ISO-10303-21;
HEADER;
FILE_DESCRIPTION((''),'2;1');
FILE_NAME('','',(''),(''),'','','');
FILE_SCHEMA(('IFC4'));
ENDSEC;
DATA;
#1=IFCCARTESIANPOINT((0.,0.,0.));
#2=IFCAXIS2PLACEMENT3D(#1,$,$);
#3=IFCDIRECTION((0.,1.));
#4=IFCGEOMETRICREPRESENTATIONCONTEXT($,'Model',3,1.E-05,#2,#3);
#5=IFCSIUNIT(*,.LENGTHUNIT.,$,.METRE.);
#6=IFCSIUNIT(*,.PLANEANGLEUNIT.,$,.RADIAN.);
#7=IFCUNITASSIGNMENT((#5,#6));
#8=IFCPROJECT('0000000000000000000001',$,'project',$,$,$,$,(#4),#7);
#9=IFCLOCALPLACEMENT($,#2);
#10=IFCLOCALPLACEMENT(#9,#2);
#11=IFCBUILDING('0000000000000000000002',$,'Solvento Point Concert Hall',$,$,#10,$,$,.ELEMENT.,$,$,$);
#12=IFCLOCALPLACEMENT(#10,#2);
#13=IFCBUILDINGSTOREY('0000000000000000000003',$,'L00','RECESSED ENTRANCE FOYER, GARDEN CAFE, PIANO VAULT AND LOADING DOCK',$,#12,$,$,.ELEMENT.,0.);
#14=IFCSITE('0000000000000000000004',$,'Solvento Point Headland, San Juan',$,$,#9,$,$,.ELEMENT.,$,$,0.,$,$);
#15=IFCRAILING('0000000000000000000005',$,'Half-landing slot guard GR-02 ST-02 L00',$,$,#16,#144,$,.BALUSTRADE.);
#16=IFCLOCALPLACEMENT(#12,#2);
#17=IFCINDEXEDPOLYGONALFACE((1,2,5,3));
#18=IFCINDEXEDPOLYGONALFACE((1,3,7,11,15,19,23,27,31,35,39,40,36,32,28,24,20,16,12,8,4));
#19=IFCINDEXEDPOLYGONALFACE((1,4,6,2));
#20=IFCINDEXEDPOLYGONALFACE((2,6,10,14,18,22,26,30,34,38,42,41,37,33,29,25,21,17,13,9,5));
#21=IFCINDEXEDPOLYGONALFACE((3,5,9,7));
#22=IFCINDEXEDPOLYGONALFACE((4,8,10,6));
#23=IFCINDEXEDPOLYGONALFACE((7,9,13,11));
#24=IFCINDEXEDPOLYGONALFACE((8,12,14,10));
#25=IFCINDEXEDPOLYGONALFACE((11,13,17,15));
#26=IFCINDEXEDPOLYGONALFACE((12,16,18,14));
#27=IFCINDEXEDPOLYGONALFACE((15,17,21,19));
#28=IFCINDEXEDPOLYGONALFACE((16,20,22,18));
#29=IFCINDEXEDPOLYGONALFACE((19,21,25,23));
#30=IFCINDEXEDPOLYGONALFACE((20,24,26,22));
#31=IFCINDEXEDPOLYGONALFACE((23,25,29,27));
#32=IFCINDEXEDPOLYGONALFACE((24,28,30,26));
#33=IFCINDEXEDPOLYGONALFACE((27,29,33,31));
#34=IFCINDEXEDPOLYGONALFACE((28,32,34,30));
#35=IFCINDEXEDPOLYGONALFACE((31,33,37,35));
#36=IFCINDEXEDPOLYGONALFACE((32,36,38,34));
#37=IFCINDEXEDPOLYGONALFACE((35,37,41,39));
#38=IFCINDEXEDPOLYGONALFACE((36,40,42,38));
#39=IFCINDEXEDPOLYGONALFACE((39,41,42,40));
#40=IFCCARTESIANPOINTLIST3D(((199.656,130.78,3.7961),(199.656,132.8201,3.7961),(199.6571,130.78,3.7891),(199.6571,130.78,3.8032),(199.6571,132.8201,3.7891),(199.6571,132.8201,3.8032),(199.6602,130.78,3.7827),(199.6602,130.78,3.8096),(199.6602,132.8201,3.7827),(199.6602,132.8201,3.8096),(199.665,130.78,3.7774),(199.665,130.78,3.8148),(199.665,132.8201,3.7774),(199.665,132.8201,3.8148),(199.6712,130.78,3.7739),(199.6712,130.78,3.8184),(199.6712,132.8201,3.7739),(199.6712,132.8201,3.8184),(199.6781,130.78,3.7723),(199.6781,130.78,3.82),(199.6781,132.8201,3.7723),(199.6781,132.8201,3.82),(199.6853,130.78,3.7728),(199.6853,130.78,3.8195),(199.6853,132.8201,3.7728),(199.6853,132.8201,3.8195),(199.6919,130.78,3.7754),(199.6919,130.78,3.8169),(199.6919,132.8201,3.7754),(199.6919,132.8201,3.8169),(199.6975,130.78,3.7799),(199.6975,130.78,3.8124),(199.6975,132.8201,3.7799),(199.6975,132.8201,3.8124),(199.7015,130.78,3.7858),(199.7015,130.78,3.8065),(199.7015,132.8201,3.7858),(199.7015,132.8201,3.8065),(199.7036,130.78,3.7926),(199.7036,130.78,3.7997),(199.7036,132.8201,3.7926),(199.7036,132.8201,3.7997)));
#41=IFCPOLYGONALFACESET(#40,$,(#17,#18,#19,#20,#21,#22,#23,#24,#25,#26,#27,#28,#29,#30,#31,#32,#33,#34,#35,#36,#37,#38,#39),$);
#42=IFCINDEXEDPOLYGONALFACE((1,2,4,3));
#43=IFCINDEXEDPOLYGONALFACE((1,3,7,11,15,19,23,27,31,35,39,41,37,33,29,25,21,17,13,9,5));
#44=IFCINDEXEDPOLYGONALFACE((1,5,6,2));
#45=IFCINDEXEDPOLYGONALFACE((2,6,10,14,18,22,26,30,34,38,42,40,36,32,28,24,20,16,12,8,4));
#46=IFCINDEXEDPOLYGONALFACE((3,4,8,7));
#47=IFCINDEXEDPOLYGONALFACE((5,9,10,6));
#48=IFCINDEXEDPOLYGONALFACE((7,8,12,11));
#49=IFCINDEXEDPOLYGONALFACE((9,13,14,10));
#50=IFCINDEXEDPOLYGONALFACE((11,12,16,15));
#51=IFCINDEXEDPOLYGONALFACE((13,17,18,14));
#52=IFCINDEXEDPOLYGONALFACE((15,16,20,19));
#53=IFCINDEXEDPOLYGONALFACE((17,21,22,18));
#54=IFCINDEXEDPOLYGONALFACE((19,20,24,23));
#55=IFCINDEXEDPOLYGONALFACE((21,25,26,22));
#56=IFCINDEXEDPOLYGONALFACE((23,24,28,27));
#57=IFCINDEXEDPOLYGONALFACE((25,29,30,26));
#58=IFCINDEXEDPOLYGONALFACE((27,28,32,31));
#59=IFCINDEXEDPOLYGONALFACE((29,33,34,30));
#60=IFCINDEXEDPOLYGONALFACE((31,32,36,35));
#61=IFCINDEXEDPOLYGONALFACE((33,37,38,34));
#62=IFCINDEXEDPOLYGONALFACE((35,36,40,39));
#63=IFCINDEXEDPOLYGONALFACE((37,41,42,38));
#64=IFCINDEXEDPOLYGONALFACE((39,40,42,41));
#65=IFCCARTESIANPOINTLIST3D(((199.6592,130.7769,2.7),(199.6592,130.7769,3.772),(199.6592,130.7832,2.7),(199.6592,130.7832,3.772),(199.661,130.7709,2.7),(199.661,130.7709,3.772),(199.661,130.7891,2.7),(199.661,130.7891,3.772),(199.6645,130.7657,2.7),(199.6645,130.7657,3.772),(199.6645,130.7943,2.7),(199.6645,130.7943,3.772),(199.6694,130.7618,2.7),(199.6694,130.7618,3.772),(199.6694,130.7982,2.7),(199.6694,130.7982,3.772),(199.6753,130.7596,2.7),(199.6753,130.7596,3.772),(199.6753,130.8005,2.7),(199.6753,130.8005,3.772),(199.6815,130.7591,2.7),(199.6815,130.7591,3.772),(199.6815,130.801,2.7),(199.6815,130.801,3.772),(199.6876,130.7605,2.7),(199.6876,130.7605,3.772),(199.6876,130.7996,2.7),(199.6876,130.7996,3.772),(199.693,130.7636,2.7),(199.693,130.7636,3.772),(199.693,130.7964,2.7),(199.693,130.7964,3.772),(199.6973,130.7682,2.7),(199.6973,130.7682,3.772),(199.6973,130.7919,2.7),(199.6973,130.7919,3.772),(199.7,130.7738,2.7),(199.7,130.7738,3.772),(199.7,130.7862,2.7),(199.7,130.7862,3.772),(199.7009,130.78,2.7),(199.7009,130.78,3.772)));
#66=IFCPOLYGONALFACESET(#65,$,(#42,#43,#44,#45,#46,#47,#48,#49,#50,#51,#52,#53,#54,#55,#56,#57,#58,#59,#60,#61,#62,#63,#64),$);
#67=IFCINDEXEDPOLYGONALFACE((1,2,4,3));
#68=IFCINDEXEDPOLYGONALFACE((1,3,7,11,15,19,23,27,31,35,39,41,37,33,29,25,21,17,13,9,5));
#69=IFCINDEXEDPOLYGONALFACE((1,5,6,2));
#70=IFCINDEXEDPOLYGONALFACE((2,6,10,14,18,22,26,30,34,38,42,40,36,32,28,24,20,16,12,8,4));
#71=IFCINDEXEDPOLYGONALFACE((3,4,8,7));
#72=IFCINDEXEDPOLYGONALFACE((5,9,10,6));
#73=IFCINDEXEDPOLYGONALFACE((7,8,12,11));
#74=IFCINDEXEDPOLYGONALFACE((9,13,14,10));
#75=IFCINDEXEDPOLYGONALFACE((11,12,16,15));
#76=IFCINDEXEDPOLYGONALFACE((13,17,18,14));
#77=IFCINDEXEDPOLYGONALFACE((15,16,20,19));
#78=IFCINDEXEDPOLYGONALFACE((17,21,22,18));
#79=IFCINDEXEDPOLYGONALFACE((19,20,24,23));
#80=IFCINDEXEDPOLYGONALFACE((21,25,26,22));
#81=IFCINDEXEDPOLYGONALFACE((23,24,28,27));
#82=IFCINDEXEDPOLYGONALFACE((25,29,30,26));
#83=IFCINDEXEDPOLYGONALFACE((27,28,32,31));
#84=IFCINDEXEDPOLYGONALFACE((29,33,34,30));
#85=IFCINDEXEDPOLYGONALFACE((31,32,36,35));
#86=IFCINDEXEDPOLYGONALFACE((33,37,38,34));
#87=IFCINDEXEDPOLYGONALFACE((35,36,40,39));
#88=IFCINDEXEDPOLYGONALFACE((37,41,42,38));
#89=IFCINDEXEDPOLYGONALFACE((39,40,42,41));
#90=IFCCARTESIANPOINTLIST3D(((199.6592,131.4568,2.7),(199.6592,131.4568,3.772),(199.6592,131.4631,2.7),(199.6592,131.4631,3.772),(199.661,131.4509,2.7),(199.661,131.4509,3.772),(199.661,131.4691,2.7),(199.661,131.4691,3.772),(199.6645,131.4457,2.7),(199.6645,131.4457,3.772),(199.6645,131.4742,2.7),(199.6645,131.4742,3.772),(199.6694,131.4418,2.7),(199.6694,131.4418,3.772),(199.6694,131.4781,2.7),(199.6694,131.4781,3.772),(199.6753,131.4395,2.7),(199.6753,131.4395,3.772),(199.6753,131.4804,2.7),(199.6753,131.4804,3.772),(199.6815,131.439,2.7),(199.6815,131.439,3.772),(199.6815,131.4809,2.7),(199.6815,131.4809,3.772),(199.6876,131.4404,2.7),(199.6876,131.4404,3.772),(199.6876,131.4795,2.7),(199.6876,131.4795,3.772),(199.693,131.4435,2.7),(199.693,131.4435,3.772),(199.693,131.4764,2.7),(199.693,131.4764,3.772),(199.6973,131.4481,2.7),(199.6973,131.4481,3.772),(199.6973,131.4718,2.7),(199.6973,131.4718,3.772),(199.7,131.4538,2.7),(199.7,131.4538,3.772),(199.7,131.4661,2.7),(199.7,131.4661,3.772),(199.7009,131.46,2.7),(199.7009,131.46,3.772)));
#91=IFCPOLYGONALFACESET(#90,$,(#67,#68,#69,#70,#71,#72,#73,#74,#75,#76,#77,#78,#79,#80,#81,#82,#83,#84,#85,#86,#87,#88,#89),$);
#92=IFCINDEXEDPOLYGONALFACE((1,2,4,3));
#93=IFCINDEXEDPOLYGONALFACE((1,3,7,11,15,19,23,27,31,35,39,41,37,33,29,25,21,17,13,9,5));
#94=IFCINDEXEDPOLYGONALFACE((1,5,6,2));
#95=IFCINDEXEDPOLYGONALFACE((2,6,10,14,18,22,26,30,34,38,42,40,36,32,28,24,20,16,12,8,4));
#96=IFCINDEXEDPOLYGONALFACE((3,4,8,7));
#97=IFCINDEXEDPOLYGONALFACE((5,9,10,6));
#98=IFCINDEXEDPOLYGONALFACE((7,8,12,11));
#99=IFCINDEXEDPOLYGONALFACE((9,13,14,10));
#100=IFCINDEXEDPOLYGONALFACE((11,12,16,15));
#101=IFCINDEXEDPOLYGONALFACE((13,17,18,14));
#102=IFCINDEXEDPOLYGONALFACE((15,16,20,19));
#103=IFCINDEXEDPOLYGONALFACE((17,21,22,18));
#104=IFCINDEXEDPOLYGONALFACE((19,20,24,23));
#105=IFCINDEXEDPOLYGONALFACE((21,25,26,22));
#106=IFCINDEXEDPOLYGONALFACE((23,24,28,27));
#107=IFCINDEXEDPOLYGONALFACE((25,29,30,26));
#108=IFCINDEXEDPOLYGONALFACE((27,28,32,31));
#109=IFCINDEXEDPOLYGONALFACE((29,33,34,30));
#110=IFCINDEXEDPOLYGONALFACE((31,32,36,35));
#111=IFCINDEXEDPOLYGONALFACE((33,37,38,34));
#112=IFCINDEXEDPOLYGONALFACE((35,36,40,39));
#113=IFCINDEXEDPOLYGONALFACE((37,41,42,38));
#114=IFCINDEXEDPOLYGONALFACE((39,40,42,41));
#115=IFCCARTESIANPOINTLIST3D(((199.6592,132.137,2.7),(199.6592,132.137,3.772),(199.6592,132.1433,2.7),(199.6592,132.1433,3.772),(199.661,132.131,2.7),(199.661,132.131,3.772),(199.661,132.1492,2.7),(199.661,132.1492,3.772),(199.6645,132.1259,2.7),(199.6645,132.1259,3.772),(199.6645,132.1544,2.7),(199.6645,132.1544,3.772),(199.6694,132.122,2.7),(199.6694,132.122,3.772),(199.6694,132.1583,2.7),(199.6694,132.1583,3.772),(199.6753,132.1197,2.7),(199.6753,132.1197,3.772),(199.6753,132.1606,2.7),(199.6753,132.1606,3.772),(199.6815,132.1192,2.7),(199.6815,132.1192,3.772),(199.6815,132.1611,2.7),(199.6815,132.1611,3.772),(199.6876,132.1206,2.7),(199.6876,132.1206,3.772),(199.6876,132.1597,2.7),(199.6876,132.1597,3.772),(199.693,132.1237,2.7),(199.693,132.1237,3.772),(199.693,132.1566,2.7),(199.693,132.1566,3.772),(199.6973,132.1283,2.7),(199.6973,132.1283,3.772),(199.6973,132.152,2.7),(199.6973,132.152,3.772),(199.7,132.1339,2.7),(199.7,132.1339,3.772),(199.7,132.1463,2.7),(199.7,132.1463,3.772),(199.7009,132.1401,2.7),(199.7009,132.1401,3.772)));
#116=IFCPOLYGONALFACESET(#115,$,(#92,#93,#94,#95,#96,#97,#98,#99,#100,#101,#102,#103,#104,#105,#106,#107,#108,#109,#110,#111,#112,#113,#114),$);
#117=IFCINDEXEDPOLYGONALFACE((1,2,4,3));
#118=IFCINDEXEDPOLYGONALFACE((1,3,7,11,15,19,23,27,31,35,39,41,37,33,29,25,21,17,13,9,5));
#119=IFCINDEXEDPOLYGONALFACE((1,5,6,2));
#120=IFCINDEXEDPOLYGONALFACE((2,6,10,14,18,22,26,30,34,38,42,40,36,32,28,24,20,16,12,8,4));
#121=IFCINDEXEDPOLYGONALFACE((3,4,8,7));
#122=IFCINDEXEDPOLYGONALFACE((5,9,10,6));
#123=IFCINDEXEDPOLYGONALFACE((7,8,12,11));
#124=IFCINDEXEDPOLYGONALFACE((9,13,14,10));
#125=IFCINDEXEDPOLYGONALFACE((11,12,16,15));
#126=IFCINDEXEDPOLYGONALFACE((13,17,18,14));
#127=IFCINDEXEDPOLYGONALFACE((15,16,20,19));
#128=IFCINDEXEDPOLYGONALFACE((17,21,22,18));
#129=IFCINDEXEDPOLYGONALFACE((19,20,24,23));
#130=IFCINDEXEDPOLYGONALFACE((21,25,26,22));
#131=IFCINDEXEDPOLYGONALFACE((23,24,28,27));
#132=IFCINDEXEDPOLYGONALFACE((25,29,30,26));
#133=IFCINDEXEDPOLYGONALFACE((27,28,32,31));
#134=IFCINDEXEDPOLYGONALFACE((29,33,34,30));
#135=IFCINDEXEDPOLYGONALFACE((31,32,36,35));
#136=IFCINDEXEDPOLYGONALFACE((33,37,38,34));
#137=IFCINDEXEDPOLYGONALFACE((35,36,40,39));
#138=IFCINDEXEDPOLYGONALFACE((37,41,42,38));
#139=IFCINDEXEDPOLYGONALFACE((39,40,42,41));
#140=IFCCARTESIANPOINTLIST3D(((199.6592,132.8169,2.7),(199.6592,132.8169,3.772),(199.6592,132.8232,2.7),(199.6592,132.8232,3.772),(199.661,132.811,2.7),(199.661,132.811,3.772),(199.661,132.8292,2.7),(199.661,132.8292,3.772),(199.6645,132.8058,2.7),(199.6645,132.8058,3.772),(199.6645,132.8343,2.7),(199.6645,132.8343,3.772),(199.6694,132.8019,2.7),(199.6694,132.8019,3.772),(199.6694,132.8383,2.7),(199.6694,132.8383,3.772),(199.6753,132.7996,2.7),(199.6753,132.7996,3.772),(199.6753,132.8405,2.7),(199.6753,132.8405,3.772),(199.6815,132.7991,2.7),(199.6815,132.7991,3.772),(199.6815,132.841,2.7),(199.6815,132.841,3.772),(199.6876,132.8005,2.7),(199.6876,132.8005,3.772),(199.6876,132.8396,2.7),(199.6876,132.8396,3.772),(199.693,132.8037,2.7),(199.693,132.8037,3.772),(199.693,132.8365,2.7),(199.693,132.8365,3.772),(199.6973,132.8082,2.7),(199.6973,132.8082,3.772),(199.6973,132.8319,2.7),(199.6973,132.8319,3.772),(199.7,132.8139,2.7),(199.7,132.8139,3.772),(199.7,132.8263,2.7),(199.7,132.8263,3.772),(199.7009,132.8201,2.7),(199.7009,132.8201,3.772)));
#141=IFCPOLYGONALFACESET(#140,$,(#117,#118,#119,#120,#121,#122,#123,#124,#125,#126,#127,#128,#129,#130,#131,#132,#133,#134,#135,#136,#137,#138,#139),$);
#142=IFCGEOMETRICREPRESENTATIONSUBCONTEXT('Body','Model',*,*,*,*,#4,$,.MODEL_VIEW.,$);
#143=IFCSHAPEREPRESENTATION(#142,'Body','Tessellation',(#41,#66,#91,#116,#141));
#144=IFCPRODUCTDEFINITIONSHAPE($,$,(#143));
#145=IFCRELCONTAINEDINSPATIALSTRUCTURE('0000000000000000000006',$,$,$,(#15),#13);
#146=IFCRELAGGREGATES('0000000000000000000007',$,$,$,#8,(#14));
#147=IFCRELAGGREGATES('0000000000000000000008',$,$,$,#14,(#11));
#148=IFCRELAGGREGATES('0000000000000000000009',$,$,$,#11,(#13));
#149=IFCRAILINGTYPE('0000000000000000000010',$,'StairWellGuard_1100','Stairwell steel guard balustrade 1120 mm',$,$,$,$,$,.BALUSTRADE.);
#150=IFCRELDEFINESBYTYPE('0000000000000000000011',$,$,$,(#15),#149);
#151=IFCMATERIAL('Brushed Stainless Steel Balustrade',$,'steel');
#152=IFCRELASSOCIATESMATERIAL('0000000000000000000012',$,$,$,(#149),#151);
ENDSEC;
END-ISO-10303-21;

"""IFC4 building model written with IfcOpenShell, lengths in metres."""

from ifc_helpers import new_model, si_unit, direction, frame, origin, origin_2d, place, context, subcontext, project, spatial, circle, extrude, material, type_object, element, save


model = new_model("IFC4")

# Units and contexts
model_context = context("Model", 3, precision=1e-05, world=origin(), true_north=direction((0.0, 1.0)))
body_context = subcontext(model_context, "Body", "Model", "MODEL_VIEW")
ifc_project = project(units=[si_unit("LENGTHUNIT", "METRE"), si_unit("PLANEANGLEUNIT", "RADIAN")], contexts=[model_context])

# Site, building, storey
site_placement = place(None, origin())
site = spatial("IfcSite", under=ifc_project, at=site_placement, Name="Solvento Point Headland, San Juan", CompositionType="ELEMENT", RefElevation=0.0)
building_placement = place(site_placement, origin())
building = spatial("IfcBuilding", under=site, at=building_placement, Name="Solvento Point Concert Hall", CompositionType="ELEMENT")
storey_placement = place(building_placement, origin())
storey = spatial("IfcBuildingStorey", under=building, at=storey_placement, Name="L00", Description="RECESSED ENTRANCE FOYER, GARDEN CAFE, PIANO VAULT AND LOADING DOCK", CompositionType="ELEMENT", Elevation=0.0)

# Railing
ifc_material_1 = material(Name="Brushed Stainless Steel Balustrade", Category="steel")
railing_type_1 = type_object("IfcRailingType", Name="StairWellGuard_1100", Description="Stairwell steel guard balustrade 1120 mm", PredefinedType="BALUSTRADE", material=ifc_material_1)
railing_1_placement = place(storey_placement, frame((199.6799, 130.78, 2.7)))
element("IfcRailing", 1, at=railing_1_placement, inside=storey, type_object=railing_type_1, Name="Half-landing slot guard GR-02 ST-02 L00", PredefinedType="BALUSTRADE", context=body_context, shape_type="SweptSolid", body=[
    extrude(circle(Radius=0.0239, at=origin_2d()), frame((0.0, 0.0, 1.0962), z_axis=(0.0, 1.0, 0.0), x_axis=(-1.0, 0.0, 0.0)), (0.0, 0.0, 1.0), 2.04),
    extrude(circle(Radius=0.021, at=origin_2d()), origin(), (0.0, 0.0, 1.0), 1.072),
    extrude(circle(Radius=0.021, at=origin_2d()), frame((0.0, 0.6799, 0.0)), (0.0, 0.0, 1.0), 1.072),
    extrude(circle(Radius=0.021, at=origin_2d()), frame((0.0, 1.3601, 0.0)), (0.0, 0.0, 1.0), 1.072),
    extrude(circle(Radius=0.021, at=origin_2d()), frame((0.0, 2.04, 0.0)), (0.0, 0.0, 1.0), 1.072),
])

save(model, "model.ifc")
